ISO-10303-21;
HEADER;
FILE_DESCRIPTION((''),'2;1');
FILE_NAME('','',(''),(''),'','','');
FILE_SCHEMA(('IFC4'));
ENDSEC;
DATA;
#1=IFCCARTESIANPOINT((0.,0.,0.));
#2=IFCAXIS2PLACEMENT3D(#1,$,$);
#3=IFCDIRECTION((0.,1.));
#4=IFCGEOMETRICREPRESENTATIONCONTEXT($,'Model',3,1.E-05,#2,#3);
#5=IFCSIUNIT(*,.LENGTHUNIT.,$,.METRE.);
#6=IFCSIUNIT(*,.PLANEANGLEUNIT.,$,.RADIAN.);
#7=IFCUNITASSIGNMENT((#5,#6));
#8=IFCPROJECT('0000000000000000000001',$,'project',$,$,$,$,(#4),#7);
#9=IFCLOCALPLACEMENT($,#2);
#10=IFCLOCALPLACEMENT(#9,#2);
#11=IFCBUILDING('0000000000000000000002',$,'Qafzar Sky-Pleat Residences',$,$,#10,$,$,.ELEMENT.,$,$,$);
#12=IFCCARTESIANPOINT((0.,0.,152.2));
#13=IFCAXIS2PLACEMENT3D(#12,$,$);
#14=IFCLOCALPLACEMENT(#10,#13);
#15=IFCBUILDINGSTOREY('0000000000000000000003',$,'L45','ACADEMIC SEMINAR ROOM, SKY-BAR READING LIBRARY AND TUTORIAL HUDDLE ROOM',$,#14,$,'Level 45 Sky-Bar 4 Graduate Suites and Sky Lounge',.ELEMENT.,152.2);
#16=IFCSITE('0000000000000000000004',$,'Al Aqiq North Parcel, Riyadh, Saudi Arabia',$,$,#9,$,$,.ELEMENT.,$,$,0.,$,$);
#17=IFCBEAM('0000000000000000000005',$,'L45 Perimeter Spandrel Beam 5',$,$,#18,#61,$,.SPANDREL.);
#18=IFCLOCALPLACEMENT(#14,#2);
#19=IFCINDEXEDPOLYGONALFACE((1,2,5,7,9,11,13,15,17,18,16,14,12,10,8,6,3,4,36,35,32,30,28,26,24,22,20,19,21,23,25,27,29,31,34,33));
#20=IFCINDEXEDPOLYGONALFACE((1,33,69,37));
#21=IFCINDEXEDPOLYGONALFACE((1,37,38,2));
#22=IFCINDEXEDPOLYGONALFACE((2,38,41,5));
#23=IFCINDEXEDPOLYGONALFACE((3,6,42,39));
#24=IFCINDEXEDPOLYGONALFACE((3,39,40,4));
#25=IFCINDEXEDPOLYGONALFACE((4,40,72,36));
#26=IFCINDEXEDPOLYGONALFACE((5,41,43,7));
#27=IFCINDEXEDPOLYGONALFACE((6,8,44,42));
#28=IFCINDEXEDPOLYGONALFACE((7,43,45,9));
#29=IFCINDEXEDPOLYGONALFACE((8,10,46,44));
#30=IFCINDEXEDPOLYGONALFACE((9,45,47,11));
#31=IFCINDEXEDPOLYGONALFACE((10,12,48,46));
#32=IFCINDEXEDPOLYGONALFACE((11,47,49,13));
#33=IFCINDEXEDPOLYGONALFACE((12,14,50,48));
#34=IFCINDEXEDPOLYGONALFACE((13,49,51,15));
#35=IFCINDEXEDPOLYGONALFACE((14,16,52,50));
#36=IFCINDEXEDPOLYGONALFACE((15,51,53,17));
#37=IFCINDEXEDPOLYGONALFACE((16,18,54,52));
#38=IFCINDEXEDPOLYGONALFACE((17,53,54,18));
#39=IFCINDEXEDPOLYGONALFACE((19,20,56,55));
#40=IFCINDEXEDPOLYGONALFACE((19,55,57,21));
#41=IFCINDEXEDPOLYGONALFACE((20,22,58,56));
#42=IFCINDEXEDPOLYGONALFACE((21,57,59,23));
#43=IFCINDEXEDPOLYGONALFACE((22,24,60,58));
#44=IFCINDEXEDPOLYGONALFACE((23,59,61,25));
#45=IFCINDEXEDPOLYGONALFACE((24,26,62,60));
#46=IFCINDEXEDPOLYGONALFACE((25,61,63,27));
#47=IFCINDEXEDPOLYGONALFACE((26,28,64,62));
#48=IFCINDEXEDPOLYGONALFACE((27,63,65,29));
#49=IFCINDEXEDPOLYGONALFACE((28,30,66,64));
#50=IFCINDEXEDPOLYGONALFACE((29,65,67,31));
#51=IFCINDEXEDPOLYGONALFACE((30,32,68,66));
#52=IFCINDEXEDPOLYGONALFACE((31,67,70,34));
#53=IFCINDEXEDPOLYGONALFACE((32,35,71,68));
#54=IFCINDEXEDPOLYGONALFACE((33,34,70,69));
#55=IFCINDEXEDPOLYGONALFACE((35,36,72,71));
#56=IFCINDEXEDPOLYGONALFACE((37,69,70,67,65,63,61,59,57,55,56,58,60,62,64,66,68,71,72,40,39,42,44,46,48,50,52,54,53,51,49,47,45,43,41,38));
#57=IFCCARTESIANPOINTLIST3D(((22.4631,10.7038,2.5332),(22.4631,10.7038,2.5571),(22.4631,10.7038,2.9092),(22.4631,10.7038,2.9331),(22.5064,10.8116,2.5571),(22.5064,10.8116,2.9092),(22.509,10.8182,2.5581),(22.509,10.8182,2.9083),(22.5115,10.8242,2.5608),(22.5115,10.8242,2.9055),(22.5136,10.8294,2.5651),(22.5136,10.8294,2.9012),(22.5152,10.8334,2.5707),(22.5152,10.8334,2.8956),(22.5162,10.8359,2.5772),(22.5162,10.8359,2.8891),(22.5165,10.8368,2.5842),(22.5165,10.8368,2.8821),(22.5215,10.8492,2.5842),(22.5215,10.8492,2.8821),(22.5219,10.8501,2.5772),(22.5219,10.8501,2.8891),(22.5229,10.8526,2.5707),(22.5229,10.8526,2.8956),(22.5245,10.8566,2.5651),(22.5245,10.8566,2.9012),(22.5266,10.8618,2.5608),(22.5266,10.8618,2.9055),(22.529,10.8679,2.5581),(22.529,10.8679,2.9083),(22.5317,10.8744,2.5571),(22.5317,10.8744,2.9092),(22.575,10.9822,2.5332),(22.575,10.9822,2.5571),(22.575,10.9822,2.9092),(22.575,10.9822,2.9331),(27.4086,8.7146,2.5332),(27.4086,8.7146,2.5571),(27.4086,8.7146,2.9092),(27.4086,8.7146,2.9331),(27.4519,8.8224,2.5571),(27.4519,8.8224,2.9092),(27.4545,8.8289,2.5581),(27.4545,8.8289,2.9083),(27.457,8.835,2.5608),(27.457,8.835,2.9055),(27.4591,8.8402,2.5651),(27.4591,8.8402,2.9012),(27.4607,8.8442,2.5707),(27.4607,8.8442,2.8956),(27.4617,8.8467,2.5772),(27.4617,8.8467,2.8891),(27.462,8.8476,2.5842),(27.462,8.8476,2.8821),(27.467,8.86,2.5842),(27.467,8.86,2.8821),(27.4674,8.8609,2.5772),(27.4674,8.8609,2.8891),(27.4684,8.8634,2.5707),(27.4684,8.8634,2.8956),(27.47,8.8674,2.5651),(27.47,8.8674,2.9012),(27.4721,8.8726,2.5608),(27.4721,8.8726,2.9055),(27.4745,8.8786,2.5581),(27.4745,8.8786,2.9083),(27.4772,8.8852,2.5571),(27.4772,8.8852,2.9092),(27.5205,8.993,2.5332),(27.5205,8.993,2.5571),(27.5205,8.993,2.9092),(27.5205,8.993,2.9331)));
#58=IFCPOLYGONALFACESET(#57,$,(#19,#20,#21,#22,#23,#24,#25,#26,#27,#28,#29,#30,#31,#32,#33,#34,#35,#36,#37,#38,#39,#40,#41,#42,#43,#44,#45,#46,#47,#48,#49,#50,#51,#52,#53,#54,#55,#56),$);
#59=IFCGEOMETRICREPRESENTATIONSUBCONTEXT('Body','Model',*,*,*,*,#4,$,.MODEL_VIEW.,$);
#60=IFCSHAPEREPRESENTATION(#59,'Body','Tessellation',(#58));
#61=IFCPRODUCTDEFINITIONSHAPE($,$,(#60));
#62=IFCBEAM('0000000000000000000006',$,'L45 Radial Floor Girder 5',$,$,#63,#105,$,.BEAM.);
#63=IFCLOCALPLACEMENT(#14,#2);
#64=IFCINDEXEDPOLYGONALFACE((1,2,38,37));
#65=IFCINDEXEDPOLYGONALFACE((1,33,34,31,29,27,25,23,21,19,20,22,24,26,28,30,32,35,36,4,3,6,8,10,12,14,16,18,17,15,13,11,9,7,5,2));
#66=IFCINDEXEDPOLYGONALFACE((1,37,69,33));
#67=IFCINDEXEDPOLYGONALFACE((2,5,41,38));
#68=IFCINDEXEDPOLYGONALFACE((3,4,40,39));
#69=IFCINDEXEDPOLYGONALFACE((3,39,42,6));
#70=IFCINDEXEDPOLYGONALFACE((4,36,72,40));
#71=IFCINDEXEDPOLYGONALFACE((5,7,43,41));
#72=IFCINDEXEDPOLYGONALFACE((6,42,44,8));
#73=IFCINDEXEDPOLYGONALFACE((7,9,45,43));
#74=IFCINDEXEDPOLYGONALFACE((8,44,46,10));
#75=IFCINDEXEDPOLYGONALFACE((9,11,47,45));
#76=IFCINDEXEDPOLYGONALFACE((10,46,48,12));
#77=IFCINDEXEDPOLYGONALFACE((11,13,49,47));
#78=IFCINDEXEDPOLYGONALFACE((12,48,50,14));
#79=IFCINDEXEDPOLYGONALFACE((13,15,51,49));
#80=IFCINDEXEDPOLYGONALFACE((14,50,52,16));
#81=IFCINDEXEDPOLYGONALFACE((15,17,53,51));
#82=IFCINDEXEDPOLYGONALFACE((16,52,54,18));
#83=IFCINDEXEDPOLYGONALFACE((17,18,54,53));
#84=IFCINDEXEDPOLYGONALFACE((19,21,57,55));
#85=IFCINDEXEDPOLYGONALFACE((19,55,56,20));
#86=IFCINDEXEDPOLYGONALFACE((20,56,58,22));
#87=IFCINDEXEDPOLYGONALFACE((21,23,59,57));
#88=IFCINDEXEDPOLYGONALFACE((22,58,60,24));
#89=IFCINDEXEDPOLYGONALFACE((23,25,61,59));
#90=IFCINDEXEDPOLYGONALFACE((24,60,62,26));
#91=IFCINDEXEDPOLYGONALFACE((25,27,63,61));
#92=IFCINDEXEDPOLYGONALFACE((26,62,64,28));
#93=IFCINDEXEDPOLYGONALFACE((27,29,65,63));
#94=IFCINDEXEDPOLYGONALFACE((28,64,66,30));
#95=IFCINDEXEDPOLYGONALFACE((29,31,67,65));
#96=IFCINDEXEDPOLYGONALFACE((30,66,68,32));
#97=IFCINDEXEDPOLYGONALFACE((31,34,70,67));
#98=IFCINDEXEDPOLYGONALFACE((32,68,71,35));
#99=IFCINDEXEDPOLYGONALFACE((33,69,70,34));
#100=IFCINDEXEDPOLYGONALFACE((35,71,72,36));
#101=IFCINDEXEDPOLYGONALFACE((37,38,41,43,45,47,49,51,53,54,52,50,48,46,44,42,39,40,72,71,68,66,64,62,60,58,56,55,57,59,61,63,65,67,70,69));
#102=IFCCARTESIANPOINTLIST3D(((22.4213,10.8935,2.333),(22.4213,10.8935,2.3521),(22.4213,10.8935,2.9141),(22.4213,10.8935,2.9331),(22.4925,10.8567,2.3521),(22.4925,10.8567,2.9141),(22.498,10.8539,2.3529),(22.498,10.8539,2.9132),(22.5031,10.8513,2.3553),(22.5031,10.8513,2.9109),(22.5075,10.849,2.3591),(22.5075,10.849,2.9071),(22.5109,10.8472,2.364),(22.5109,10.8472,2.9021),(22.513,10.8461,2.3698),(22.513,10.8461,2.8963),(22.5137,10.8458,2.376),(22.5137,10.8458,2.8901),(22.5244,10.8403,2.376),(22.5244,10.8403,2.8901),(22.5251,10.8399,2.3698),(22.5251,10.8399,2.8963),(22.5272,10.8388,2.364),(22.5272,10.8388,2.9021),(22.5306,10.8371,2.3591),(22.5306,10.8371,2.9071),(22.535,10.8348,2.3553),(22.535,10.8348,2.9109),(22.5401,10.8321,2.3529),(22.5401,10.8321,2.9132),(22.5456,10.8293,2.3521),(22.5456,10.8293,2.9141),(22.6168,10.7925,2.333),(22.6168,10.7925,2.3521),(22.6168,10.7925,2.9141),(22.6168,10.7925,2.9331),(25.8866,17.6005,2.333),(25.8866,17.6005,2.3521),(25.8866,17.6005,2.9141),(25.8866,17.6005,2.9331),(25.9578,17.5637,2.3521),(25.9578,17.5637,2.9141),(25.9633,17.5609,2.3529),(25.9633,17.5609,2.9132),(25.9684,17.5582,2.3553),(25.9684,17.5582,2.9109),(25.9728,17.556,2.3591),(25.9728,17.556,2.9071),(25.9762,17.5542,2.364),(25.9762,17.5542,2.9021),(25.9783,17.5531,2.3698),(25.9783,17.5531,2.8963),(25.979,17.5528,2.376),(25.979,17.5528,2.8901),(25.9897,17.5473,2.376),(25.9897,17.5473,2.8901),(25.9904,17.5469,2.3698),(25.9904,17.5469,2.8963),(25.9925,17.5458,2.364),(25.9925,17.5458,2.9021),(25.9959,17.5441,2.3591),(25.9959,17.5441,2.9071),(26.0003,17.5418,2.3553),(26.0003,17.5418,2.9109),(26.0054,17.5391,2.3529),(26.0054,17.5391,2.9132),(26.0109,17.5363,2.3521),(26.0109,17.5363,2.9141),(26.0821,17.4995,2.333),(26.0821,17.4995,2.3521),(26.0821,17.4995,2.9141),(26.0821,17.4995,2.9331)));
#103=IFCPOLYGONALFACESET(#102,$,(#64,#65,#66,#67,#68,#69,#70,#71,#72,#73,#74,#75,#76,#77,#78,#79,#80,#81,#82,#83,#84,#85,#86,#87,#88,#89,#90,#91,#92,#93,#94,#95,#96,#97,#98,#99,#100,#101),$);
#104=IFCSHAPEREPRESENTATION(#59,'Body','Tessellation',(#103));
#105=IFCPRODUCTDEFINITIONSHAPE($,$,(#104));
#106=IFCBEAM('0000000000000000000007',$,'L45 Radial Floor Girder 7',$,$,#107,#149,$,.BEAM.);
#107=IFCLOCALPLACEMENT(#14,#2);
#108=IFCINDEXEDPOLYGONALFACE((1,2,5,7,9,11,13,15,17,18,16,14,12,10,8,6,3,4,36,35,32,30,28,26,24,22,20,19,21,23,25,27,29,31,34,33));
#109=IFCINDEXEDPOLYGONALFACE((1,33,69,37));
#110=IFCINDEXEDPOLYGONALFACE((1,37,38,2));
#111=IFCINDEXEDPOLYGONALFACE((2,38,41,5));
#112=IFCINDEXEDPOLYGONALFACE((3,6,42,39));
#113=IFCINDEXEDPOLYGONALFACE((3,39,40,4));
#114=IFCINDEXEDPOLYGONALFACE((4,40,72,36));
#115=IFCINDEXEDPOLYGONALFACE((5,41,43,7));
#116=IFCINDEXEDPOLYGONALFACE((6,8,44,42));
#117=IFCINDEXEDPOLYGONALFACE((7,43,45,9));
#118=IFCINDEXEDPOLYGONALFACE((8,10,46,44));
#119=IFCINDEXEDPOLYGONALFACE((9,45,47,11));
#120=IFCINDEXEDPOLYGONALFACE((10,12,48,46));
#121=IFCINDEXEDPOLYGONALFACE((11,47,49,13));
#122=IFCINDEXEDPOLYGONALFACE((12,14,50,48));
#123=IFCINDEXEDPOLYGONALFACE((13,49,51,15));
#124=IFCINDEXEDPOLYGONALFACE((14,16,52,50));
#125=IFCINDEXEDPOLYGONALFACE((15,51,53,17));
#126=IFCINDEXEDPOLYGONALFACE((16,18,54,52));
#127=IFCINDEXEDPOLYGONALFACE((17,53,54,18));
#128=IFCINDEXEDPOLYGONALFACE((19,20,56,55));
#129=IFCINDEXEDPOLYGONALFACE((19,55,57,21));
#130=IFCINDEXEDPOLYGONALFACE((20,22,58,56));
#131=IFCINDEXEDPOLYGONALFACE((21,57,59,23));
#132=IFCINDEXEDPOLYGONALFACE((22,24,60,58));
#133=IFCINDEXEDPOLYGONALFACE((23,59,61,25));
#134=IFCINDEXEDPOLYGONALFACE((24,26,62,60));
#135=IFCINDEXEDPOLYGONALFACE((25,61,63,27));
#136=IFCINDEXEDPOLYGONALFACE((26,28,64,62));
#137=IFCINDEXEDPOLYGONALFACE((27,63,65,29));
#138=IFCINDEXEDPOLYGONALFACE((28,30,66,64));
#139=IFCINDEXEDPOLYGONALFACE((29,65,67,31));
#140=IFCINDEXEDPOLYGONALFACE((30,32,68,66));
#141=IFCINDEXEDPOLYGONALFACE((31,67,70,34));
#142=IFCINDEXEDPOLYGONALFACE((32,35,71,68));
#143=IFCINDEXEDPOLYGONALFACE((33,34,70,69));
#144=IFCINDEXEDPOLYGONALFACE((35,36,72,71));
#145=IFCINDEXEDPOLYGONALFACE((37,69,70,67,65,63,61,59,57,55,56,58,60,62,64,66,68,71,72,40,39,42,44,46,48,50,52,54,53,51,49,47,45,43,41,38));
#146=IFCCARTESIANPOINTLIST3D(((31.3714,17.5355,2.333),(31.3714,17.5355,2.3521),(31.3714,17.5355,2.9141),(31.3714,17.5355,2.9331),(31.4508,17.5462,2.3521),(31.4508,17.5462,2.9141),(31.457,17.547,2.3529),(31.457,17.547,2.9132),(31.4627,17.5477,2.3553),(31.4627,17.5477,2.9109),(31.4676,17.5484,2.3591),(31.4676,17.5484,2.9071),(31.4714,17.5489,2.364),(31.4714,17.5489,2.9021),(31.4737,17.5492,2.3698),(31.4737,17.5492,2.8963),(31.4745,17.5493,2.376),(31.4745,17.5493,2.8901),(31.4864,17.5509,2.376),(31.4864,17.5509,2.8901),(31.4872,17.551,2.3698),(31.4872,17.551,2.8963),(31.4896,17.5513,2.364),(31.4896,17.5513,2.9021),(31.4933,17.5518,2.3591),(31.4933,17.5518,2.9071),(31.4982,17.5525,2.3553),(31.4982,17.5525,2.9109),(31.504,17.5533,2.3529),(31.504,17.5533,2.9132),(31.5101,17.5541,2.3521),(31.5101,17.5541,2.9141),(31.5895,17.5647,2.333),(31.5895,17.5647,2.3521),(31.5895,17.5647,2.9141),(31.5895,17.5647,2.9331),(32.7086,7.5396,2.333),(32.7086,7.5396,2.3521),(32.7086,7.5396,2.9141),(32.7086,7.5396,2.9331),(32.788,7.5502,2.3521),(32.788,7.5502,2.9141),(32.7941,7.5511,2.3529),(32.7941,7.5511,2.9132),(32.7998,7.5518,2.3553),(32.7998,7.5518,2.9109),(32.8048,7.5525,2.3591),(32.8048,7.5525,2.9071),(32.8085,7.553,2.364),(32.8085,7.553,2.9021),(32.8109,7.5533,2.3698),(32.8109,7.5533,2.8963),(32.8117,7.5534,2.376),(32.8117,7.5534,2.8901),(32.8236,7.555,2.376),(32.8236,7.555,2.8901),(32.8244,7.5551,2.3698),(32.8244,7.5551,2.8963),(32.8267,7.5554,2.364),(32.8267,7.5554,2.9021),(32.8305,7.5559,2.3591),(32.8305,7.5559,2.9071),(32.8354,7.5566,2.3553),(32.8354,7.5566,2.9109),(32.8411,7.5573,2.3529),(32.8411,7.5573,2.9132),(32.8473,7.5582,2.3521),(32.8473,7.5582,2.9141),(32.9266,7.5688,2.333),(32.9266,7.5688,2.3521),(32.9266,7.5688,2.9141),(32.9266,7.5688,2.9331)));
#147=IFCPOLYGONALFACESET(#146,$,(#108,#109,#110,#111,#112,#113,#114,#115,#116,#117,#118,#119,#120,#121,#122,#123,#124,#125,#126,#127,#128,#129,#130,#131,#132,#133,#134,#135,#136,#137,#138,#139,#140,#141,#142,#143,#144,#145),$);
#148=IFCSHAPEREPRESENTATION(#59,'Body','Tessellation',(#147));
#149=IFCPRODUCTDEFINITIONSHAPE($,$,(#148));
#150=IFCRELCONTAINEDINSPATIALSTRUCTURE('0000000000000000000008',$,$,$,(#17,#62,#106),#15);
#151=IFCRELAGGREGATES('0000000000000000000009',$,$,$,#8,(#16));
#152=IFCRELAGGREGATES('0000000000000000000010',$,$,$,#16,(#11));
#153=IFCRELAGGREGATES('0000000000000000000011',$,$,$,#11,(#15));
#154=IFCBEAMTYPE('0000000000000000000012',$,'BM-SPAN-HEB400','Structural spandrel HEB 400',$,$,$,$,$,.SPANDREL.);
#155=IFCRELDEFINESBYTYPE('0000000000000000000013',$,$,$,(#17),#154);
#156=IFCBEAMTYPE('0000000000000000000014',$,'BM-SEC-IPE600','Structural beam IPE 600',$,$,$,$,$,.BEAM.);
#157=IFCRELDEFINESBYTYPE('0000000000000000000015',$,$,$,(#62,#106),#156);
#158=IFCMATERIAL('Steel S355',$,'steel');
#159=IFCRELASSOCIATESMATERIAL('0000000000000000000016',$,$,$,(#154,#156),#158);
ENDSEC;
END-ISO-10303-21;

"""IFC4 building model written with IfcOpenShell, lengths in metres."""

from ifc_helpers import new_model, si_unit, direction, frame, origin, origin_2d, place, context, subcontext, project, spatial, i_section, extrude, source, transform, mapped, material, material_profile, profile_set, type_object, element, save


model = new_model("IFC4")

# Units and contexts
model_context = context("Model", 3, precision=1e-05, world=origin(), true_north=direction((0.0, 1.0)))
body_context = subcontext(model_context, "Body", "Model", "MODEL_VIEW")
ifc_project = project(units=[si_unit("LENGTHUNIT", "METRE"), si_unit("PLANEANGLEUNIT", "RADIAN")], contexts=[model_context])

# Site, building, storey
site_placement = place(None, origin())
site = spatial("IfcSite", under=ifc_project, at=site_placement, Name="Al Aqiq North Parcel, Riyadh, Saudi Arabia", CompositionType="ELEMENT", RefElevation=0.0)
building_placement = place(site_placement, origin())
building = spatial("IfcBuilding", under=site, at=building_placement, Name="Qafzar Sky-Pleat Residences", CompositionType="ELEMENT")
storey_placement = place(building_placement, frame((0.0, 0.0, 152.2)))
storey = spatial("IfcBuildingStorey", under=building, at=storey_placement, Name="L45", Description="ACADEMIC SEMINAR ROOM, SKY-BAR READING LIBRARY AND TUTORIAL HUDDLE ROOM", LongName="Level 45 Sky-Bar 4 Graduate Suites and Sky Lounge", CompositionType="ELEMENT", Elevation=152.2)

# Shared definitions
ifc_material_1 = material(Name="Steel S355", Category="steel")

# Beams
ifc_material_profile_1 = material_profile(ifc_material_1, i_section(OverallWidth=0.3, OverallDepth=0.3999, WebThickness=0.0134, FlangeThickness=0.0239, FilletRadius=0.0271, at=origin_2d()), Name="HEB 400")
ifc_profile_set_1 = profile_set([ifc_material_profile_1], Name="Steel S355")
beam_type_1 = type_object("IfcBeamType", Name="BM-SPAN-HEB400", Description="Structural spandrel HEB 400", PredefinedType="SPANDREL", material=ifc_profile_set_1)
shared_shape_1 = source(origin(), body_context, "Body", "SweptSolid", [
    extrude(i_section(OverallWidth=0.3, OverallDepth=0.3999, WebThickness=0.0134, FlangeThickness=0.0239, FilletRadius=0.0271, at=origin_2d()), origin(), (0.0, 0.0, 1.0), 5.3306),
])
beam_1_placement = place(storey_placement, frame((22.519, 10.843, 2.7332), z_axis=(0.927761, -0.373175, 0.0), x_axis=(0.373175, 0.927761, 0.0)))
element("IfcBeam", 1, at=beam_1_placement, inside=storey, type_object=beam_type_1, Name="L45 Perimeter Spandrel Beam 5", PredefinedType="SPANDREL", context=body_context, shape_type="MappedRepresentation", body=[
    mapped(shared_shape_1, transform((0.0, 0.0, 0.0), x_axis=(1.0, 0.0, 0.0), y_axis=(0.0, 1.0, 0.0), z_axis=(0.0, 0.0, 1.0), scale=1.0)),
])
ifc_material_profile_2 = material_profile(ifc_material_1, i_section(OverallWidth=0.22, OverallDepth=0.6001, WebThickness=0.012, FlangeThickness=0.019, FilletRadius=0.0239, at=origin_2d()), Name="IPE 600")
ifc_profile_set_2 = profile_set([ifc_material_profile_2], Name="Steel S355")
beam_type_2 = type_object("IfcBeamType", Name="BM-SEC-IPE600", Description="Structural beam IPE 600", PredefinedType="BEAM", material=ifc_profile_set_2)
shared_shape_2 = source(origin(), body_context, "Body", "SweptSolid", [
    extrude(i_section(OverallWidth=0.22, OverallDepth=0.6001, WebThickness=0.012, FlangeThickness=0.019, FilletRadius=0.0239, at=origin_2d()), origin(), (0.0, 0.0, 1.0), 7.5493),
])
beam_2_placement = place(storey_placement, frame((22.519, 10.843, 2.6331), z_axis=(0.459023, 0.888424, 0.0), x_axis=(-0.888424, 0.459023, 0.0)))
element("IfcBeam", 2, at=beam_2_placement, inside=storey, type_object=beam_type_2, Name="L45 Radial Floor Girder 5", PredefinedType="BEAM", context=body_context, shape_type="MappedRepresentation", body=[
    mapped(shared_shape_2, transform((0.0, 0.0, 0.0), x_axis=(1.0, 0.0, 0.0), y_axis=(0.0, 1.0, 0.0), z_axis=(0.0, 0.0, 1.0), scale=1.0)),
])
shared_shape_3 = source(origin(), body_context, "Body", "SweptSolid", [
    extrude(i_section(OverallWidth=0.22, OverallDepth=0.6001, WebThickness=0.012, FlangeThickness=0.019, FilletRadius=0.0239, at=origin_2d()), origin(), (0.0, 0.0, 1.0), 10.085),
])
beam_3_placement = place(storey_placement, frame((32.8176, 7.5542, 2.6331), z_axis=(-0.13259, 0.991171, 0.0), x_axis=(-0.991171, -0.13259, 0.0)))
element("IfcBeam", 3, at=beam_3_placement, inside=storey, type_object=beam_type_2, Name="L45 Radial Floor Girder 7", PredefinedType="BEAM", context=body_context, shape_type="MappedRepresentation", body=[
    mapped(shared_shape_3, transform((0.0, 0.0, 0.0), x_axis=(1.0, 0.0, 0.0), y_axis=(0.0, 1.0, 0.0), z_axis=(0.0, 0.0, 1.0), scale=1.0)),
])

save(model, "model.ifc")
